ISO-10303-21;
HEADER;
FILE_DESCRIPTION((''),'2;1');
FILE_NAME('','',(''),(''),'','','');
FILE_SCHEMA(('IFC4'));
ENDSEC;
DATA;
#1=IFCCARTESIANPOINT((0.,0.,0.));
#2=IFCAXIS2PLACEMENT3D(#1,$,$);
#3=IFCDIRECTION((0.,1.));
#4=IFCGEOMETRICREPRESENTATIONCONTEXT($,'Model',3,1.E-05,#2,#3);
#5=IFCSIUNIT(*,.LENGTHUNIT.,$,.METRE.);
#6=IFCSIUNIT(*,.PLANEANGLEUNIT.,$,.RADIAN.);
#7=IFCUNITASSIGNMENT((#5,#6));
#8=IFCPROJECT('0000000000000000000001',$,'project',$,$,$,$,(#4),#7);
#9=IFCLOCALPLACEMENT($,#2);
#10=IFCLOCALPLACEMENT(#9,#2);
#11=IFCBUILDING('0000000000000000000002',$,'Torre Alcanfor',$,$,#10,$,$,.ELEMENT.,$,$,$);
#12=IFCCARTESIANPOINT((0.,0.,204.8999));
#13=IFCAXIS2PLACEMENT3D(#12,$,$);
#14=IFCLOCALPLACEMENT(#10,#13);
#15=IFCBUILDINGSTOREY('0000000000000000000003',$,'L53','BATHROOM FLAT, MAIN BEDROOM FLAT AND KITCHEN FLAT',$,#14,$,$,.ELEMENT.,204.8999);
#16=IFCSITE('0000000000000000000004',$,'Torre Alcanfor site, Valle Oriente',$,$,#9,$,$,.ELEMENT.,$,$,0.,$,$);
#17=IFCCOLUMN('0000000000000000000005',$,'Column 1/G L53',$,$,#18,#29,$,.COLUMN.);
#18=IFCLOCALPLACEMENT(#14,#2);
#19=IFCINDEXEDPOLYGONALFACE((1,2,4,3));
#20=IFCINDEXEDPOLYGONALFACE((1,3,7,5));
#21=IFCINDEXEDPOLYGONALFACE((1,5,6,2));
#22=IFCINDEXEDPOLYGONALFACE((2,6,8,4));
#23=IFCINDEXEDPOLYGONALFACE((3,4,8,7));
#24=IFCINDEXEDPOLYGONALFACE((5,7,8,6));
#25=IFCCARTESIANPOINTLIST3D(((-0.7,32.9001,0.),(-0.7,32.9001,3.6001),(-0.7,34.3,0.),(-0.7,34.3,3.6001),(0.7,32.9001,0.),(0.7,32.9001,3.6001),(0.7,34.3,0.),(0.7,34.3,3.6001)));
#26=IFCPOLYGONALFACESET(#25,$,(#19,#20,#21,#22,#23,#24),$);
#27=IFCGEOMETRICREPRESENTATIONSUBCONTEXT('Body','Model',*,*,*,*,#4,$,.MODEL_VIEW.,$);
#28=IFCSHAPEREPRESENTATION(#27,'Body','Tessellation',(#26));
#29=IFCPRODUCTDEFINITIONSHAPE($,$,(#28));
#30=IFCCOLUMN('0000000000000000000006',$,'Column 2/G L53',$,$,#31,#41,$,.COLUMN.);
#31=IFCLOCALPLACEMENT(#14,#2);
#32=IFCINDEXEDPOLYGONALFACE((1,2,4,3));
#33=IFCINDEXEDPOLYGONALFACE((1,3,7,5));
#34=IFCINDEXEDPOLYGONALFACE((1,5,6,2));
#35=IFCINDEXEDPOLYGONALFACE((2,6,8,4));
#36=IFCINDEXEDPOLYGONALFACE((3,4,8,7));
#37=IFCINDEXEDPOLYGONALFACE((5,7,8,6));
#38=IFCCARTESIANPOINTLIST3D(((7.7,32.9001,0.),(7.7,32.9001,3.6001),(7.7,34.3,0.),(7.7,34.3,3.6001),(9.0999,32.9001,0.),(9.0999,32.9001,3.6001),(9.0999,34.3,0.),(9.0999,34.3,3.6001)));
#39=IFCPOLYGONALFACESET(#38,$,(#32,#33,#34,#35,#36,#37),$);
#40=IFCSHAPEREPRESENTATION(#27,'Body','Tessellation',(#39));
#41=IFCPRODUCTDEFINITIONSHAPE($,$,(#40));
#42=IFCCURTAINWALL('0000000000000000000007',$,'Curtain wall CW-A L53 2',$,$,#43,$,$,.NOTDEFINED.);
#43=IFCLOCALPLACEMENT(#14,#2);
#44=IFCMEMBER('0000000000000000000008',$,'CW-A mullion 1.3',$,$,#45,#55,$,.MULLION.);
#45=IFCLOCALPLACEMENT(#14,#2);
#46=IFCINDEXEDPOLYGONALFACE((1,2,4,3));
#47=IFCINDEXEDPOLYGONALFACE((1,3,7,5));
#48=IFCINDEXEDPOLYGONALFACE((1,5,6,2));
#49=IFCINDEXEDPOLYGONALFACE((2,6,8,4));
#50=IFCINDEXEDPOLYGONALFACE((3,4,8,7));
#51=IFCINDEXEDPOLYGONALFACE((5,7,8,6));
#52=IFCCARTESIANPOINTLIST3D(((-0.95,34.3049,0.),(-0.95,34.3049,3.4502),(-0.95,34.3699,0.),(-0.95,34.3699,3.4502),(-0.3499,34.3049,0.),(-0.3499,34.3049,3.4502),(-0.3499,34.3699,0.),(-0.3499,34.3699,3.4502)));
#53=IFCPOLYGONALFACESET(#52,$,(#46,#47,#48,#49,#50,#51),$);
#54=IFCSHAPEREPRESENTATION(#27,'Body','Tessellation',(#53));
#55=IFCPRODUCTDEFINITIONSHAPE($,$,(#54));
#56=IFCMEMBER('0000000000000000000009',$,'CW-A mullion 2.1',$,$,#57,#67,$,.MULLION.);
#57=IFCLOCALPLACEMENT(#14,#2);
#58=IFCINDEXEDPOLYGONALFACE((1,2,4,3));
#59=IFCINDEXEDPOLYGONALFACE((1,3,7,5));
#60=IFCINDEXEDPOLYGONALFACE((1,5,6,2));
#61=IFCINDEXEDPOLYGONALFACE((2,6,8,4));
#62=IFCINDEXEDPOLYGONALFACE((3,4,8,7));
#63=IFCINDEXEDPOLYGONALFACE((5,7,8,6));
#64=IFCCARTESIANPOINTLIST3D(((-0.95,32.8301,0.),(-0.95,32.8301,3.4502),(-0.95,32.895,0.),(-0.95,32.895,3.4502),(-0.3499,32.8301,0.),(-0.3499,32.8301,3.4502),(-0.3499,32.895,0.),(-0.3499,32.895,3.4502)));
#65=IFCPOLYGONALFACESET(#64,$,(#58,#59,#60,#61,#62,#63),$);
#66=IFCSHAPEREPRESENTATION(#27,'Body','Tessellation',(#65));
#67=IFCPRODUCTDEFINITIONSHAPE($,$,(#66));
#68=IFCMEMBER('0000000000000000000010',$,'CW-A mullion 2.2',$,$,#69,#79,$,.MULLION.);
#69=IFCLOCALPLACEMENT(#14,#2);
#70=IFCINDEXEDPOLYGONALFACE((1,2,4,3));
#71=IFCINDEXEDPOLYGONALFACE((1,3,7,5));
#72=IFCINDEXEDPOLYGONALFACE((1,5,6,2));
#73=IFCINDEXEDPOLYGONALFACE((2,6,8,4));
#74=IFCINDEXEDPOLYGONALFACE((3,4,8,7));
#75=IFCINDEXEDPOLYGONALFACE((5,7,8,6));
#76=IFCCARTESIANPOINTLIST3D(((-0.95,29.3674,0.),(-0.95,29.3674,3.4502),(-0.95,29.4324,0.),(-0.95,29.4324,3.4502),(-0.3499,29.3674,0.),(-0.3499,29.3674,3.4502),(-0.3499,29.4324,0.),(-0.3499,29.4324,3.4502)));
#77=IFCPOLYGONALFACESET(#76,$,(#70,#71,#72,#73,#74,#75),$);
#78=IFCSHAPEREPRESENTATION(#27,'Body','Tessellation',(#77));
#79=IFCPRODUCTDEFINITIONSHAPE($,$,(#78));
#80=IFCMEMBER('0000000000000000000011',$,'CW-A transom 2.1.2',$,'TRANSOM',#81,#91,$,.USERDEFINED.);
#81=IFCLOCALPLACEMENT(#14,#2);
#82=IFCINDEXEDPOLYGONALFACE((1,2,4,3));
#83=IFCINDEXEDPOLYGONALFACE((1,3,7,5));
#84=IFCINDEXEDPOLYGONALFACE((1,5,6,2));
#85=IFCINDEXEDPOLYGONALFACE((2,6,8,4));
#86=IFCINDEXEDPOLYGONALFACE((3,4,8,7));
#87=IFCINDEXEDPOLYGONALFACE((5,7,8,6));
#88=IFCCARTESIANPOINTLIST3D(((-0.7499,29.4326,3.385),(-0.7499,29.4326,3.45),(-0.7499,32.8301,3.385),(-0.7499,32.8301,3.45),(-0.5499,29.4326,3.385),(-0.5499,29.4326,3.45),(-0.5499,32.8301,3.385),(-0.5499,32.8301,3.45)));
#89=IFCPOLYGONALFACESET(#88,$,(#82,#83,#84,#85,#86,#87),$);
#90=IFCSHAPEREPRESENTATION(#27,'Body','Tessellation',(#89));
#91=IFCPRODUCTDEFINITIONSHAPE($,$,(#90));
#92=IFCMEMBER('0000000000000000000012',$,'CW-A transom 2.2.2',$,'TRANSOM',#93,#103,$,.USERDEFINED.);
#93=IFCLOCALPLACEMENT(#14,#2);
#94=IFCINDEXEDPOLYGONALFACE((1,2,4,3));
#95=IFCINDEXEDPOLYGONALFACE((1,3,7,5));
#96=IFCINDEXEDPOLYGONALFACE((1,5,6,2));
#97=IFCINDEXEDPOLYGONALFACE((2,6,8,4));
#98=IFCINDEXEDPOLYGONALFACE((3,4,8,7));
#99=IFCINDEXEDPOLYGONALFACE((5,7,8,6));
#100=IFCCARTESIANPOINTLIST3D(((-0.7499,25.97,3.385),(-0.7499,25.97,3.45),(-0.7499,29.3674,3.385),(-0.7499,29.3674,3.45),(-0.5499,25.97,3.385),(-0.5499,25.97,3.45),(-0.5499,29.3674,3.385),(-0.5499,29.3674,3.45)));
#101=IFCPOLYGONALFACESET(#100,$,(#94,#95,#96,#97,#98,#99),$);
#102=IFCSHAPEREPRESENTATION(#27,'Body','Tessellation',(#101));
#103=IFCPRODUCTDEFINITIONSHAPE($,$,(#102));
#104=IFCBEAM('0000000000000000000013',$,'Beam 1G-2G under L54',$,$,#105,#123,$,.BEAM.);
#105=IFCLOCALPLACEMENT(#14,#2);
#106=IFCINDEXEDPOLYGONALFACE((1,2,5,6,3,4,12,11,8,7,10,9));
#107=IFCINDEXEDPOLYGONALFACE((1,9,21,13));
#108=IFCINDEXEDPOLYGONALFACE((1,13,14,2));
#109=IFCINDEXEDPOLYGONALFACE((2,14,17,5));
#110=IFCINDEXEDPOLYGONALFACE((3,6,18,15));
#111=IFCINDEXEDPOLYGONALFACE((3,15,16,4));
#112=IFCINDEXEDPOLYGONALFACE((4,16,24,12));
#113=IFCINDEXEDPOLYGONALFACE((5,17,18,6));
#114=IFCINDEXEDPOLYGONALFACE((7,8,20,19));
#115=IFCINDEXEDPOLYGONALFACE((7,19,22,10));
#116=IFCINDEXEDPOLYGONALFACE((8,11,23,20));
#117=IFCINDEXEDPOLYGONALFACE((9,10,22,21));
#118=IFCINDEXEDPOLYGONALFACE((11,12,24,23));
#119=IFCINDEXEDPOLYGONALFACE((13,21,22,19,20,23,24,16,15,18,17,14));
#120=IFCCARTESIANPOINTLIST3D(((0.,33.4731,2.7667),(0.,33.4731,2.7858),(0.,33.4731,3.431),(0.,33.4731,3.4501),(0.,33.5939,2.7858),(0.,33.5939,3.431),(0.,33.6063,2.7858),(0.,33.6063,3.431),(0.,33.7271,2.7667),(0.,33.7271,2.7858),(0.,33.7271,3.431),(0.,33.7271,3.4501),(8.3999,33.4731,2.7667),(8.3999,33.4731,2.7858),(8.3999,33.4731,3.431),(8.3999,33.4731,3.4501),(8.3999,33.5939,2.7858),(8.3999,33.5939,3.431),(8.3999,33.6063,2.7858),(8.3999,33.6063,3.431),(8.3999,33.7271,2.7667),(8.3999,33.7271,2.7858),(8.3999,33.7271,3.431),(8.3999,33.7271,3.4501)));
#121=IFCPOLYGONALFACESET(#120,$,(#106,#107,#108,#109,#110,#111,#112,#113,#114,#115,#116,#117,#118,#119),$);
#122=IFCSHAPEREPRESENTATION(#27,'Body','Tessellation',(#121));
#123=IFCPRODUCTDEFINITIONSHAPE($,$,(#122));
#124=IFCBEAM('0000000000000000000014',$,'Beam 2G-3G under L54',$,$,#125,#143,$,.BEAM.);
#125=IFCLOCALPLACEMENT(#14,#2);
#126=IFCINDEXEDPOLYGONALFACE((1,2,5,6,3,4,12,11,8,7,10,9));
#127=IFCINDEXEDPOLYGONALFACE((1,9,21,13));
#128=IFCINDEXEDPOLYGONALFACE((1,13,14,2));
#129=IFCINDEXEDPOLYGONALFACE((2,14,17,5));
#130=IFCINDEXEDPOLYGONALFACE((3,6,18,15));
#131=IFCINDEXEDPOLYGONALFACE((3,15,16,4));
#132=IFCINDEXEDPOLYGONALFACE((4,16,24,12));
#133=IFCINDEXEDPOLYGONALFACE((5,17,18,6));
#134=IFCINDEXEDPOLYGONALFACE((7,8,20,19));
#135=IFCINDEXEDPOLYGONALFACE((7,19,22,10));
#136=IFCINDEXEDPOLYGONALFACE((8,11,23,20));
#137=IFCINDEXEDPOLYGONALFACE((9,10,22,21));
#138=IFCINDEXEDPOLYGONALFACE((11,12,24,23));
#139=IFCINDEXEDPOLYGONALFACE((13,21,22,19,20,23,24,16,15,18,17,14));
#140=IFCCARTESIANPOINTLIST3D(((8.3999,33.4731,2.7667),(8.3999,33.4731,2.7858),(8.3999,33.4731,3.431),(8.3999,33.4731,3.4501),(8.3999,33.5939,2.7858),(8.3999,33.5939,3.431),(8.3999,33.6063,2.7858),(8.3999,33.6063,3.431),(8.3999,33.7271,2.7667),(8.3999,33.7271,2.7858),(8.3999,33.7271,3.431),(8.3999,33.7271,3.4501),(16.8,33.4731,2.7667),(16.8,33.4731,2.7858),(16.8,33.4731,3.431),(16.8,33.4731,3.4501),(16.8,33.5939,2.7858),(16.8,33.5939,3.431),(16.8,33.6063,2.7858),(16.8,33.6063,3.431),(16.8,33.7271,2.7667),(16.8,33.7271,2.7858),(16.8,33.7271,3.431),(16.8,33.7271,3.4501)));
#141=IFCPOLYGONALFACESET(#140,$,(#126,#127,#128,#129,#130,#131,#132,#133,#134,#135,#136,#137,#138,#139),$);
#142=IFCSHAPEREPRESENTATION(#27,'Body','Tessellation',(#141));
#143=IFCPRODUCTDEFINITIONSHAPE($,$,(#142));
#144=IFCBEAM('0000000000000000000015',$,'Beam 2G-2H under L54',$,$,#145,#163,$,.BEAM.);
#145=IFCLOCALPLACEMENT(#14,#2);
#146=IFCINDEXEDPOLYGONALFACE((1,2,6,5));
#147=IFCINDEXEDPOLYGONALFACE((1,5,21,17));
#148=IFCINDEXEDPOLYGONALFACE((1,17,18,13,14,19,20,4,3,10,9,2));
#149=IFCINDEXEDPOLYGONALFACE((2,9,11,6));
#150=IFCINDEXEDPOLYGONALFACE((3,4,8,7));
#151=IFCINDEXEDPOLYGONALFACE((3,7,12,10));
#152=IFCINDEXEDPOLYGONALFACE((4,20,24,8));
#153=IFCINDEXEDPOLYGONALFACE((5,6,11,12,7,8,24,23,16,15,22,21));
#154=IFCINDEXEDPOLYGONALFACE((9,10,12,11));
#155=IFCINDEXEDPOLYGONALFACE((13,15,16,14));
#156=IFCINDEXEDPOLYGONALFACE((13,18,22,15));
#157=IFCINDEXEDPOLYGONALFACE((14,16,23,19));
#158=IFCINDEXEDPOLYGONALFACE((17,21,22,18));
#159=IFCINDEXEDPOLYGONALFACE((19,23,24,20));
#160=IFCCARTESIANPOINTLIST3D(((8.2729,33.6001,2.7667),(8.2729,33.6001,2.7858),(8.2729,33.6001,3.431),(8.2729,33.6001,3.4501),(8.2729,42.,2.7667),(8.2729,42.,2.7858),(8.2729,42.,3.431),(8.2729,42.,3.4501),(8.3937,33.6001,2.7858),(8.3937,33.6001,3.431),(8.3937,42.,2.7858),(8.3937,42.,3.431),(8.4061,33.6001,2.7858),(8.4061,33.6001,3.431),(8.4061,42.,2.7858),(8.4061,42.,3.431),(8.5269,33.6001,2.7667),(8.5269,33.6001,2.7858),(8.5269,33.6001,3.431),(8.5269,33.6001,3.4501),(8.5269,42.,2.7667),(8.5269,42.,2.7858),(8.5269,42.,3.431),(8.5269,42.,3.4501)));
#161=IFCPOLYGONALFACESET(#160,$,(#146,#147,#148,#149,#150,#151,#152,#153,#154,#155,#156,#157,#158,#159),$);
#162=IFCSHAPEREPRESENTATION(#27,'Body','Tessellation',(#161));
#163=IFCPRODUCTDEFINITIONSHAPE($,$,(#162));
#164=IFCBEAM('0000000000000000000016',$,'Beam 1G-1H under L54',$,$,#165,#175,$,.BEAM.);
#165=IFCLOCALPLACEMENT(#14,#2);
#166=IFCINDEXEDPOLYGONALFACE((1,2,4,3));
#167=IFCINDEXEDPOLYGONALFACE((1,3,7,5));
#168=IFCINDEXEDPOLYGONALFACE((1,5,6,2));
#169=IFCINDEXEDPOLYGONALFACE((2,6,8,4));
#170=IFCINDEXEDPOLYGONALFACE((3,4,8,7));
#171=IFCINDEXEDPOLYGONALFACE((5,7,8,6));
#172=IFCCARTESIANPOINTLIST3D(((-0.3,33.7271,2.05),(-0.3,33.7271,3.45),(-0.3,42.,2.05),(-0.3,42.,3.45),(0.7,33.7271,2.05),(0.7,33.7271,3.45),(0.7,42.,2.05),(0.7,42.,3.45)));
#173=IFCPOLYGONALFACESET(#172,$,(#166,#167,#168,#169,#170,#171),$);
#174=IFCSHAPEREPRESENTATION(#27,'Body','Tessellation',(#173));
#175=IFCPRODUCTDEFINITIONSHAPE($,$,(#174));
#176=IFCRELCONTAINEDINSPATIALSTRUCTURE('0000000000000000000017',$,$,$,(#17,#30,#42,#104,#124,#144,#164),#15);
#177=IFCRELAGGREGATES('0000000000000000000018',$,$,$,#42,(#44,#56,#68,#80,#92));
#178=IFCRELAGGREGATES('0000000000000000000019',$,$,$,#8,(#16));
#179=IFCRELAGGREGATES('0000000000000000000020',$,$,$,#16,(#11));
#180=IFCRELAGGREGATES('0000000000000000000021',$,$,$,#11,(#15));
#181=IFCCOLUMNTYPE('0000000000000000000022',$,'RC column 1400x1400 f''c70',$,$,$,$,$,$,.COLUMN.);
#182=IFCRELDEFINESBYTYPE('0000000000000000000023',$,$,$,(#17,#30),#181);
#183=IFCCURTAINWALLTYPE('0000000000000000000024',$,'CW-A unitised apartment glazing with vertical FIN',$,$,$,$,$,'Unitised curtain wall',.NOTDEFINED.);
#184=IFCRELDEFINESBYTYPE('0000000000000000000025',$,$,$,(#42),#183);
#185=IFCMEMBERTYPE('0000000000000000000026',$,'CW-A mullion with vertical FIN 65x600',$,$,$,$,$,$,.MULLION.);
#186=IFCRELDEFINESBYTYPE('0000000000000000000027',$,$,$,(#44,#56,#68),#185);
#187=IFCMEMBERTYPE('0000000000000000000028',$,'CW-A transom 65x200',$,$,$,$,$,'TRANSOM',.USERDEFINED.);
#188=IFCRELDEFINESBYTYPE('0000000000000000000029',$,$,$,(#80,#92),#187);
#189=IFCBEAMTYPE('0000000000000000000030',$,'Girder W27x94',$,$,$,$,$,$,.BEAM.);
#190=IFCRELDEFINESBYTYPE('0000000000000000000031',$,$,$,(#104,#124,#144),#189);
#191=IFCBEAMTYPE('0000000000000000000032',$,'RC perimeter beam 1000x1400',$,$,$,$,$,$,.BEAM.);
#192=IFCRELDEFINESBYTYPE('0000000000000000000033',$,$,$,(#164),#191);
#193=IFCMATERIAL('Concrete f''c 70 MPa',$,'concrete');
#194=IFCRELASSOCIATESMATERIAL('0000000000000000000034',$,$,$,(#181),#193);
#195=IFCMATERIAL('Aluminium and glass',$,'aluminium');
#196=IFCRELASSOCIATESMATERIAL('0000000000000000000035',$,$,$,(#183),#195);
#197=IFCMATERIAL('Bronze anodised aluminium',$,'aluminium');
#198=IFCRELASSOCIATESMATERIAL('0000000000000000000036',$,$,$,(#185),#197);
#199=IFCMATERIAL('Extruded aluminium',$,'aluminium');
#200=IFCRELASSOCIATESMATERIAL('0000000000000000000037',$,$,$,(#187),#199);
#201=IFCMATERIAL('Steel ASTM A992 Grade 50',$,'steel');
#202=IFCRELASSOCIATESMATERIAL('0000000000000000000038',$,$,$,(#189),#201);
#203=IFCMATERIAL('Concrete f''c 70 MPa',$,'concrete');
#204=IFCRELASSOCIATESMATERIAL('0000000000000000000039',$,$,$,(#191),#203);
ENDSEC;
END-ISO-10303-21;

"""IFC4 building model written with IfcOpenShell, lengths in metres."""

from ifc_helpers import new_model, si_unit, direction, frame, origin, origin_2d, place, context, subcontext, project, spatial, rectangle, i_section, extrude, material, material_profile, profile_set, type_object, element, aggregate, save


model = new_model("IFC4")

# Units and contexts
model_context = context("Model", 3, precision=1e-05, world=origin(), true_north=direction((0.0, 1.0)))
body_context = subcontext(model_context, "Body", "Model", "MODEL_VIEW")
ifc_project = project(units=[si_unit("LENGTHUNIT", "METRE"), si_unit("PLANEANGLEUNIT", "RADIAN")], contexts=[model_context])

# Site, building, storey
site_placement = place(None, origin())
site = spatial("IfcSite", under=ifc_project, at=site_placement, Name="Torre Alcanfor site, Valle Oriente", CompositionType="ELEMENT", RefElevation=0.0)
building_placement = place(site_placement, origin())
building = spatial("IfcBuilding", under=site, at=building_placement, Name="Torre Alcanfor", CompositionType="ELEMENT")
storey_placement = place(building_placement, frame((0.0, 0.0, 204.8999)))
storey = spatial("IfcBuildingStorey", under=building, at=storey_placement, Name="L53", Description="BATHROOM FLAT, MAIN BEDROOM FLAT AND KITCHEN FLAT", CompositionType="ELEMENT", Elevation=204.8999)

# Columns
ifc_material_1 = material(Name="Concrete f'c 70 MPa", Category="concrete")
ifc_material_profile_1 = material_profile(ifc_material_1, rectangle(XDim=1.3999, YDim=1.3999, at=origin_2d()), Name="1400x1400")
ifc_profile_set_1 = profile_set([ifc_material_profile_1], Name="Concrete f'c 70 MPa")
column_type = type_object("IfcColumnType", Name="RC column 1400x1400 f'c70", PredefinedType="COLUMN", material=ifc_profile_set_1)
for number, where, z_axis, x_axis, name in (
    (1, (0.0, 33.6001, 0.0), (0.0, 0.0, 1.0), (1.0, 0.0, 0.0), "Column 1/G L53"),
    (2, (8.3999, 33.6001, 0.0), (0.0, 0.0, 1.0), (1.0, 0.0, 0.0), "Column 2/G L53"),
):
    element("IfcColumn", number, at=place(storey_placement, frame(where, z_axis=z_axis, x_axis=x_axis)), inside=storey, type_object=column_type, Name=name, PredefinedType="COLUMN", context=body_context, shape_type="SweptSolid", body=[
        extrude(rectangle(XDim=1.3999, YDim=1.3999, at=origin_2d()), origin(), (0.0, 0.0, 1.0), 3.6001),
    ])

# Curtain wall, members
ifc_material_2 = material(Name="Aluminium and glass", Category="aluminium")
curtain_wall_type = type_object("IfcCurtainWallType", Name="CW-A unitised apartment glazing with vertical FIN", ElementType="Unitised curtain wall", PredefinedType="NOTDEFINED", material=ifc_material_2)
curtain_wall_placement = place(storey_placement, origin())
curtain_wall = element("IfcCurtainWall", 3, at=curtain_wall_placement, inside=storey, type_object=curtain_wall_type, Name="Curtain wall CW-A L53 2", PredefinedType="NOTDEFINED")
ifc_material_3 = material(Name="Bronze anodised aluminium", Category="aluminium")
ifc_material_profile_2 = material_profile(ifc_material_3, rectangle(XDim=0.6001, YDim=0.0649, at=origin_2d()), Name="CW-A mullion 65x600")
ifc_profile_set_2 = profile_set([ifc_material_profile_2], Name="Bronze anodised aluminium")
member_type_1 = type_object("IfcMemberType", Name="CW-A mullion with vertical FIN 65x600", PredefinedType="MULLION", material=ifc_profile_set_2)
member_1_placement = place(storey_placement, frame((-0.6499, 34.3374, 0.0), z_axis=(0.0, 0.0, 1.0), x_axis=(1.0, 0.0, 0.0)))
member_1 = element("IfcMember", 4, at=member_1_placement, type_object=member_type_1, Name="CW-A mullion 1.3", PredefinedType="MULLION", context=body_context, shape_type="SweptSolid", body=[
    extrude(rectangle(XDim=0.6001, YDim=0.0649, at=origin_2d()), origin(), (0.0, 0.0, 1.0), 3.4502),
])
member_2_placement = place(storey_placement, frame((-0.6499, 32.8625, 0.0), z_axis=(0.0, 0.0, 1.0), x_axis=(1.0, 0.0, 0.0)))
member_2 = element("IfcMember", 5, at=member_2_placement, type_object=member_type_1, Name="CW-A mullion 2.1", PredefinedType="MULLION", context=body_context, shape_type="SweptSolid", body=[
    extrude(rectangle(XDim=0.6001, YDim=0.0649, at=origin_2d()), origin(), (0.0, 0.0, 1.0), 3.4502),
])
member_3_placement = place(storey_placement, frame((-0.6499, 29.3999, 0.0), z_axis=(0.0, 0.0, 1.0), x_axis=(1.0, 0.0, 0.0)))
member_3 = element("IfcMember", 6, at=member_3_placement, type_object=member_type_1, Name="CW-A mullion 2.2", PredefinedType="MULLION", context=body_context, shape_type="SweptSolid", body=[
    extrude(rectangle(XDim=0.6001, YDim=0.0649, at=origin_2d()), origin(), (0.0, 0.0, 1.0), 3.4502),
])
ifc_material_4 = material(Name="Extruded aluminium", Category="aluminium")
ifc_material_profile_3 = material_profile(ifc_material_4, rectangle(XDim=0.2, YDim=0.0649, at=origin_2d()), Name="CW-A transom 200x65")
ifc_profile_set_3 = profile_set([ifc_material_profile_3], Name="Extruded aluminium")
member_type_2 = type_object("IfcMemberType", Name="CW-A transom 65x200", ElementType="TRANSOM", PredefinedType="USERDEFINED", material=ifc_profile_set_3)
member_4_placement = place(storey_placement, frame((-0.6499, 32.8301, 3.4175), z_axis=(0.0, -1.0, 0.0), x_axis=(1.0, 0.0, 0.0)))
member_4 = element("IfcMember", 7, at=member_4_placement, type_object=member_type_2, Name="CW-A transom 2.1.2", ObjectType="TRANSOM", PredefinedType="USERDEFINED", context=body_context, shape_type="SweptSolid", body=[
    extrude(rectangle(XDim=0.2, YDim=0.0649, at=origin_2d()), origin(), (0.0, 0.0, 1.0), 3.3975),
])
member_5_placement = place(storey_placement, frame((-0.6499, 29.3674, 3.4175), z_axis=(0.0, -1.0, 0.0), x_axis=(1.0, 0.0, 0.0)))
member_5 = element("IfcMember", 8, at=member_5_placement, type_object=member_type_2, Name="CW-A transom 2.2.2", ObjectType="TRANSOM", PredefinedType="USERDEFINED", context=body_context, shape_type="SweptSolid", body=[
    extrude(rectangle(XDim=0.2, YDim=0.0649, at=origin_2d()), origin(), (0.0, 0.0, 1.0), 3.3975),
])

# Beams
ifc_material_5 = material(Name="Steel ASTM A992 Grade 50", Category="steel")
ifc_material_profile_4 = material_profile(ifc_material_5, i_section(OverallWidth=0.2539, OverallDepth=0.6833, WebThickness=0.0125, FlangeThickness=0.019, at=origin_2d()), Name="W27x94")
ifc_profile_set_4 = profile_set([ifc_material_profile_4], Name="Steel ASTM A992 Grade 50")
beam_type_1 = type_object("IfcBeamType", Name="Girder W27x94", PredefinedType="BEAM", material=ifc_profile_set_4)
beam_1_placement = place(storey_placement, frame((0.0, 33.6001, 3.1084), z_axis=(1.0, 0.0, 0.0), x_axis=(0.0, 1.0, 0.0)))
element("IfcBeam", 9, at=beam_1_placement, inside=storey, type_object=beam_type_1, Name="Beam 1G-2G under L54", PredefinedType="BEAM", context=body_context, shape_type="SweptSolid", body=[
    extrude(i_section(OverallWidth=0.2539, OverallDepth=0.6833, WebThickness=0.0125, FlangeThickness=0.019, at=origin_2d()), origin(), (0.0, 0.0, 1.0), 8.3999),
])
beam_2_placement = place(storey_placement, frame((8.3999, 33.6001, 3.1084), z_axis=(1.0, 0.0, 0.0), x_axis=(0.0, 1.0, 0.0)))
element("IfcBeam", 10, at=beam_2_placement, inside=storey, type_object=beam_type_1, Name="Beam 2G-3G under L54", PredefinedType="BEAM", context=body_context, shape_type="SweptSolid", body=[
    extrude(i_section(OverallWidth=0.2539, OverallDepth=0.6833, WebThickness=0.0125, FlangeThickness=0.019, at=origin_2d()), origin(), (0.0, 0.0, 1.0), 8.4001),
])
beam_3_placement = place(storey_placement, frame((8.3999, 33.6001, 3.1084), z_axis=(0.0, 1.0, 0.0), x_axis=(-1.0, 0.0, 0.0)))
element("IfcBeam", 11, at=beam_3_placement, inside=storey, type_object=beam_type_1, Name="Beam 2G-2H under L54", PredefinedType="BEAM", context=body_context, shape_type="SweptSolid", body=[
    extrude(i_section(OverallWidth=0.2539, OverallDepth=0.6833, WebThickness=0.0125, FlangeThickness=0.019, at=origin_2d()), origin(), (0.0, 0.0, 1.0), 8.3999),
])
ifc_material_6 = material(Name="Concrete f'c 70 MPa", Category="concrete")
ifc_material_profile_5 = material_profile(ifc_material_6, rectangle(XDim=1.0, YDim=1.3999, at=origin_2d()), Name="1000x1400")
ifc_profile_set_5 = profile_set([ifc_material_profile_5], Name="Concrete f'c 70 MPa")
beam_type_2 = type_object("IfcBeamType", Name="RC perimeter beam 1000x1400", PredefinedType="BEAM", material=ifc_profile_set_5)
beam_4_placement = place(storey_placement, frame((0.2, 33.7271, 2.75), z_axis=(0.0, 1.0, 0.0), x_axis=(-1.0, 0.0, 0.0)))
element("IfcBeam", 12, at=beam_4_placement, inside=storey, type_object=beam_type_2, Name="Beam 1G-1H under L54", PredefinedType="BEAM", context=body_context, shape_type="SweptSolid", body=[
    extrude(rectangle(XDim=1.0, YDim=1.3999, at=origin_2d()), origin(), (0.0, 0.0, 1.0), 8.2729),
])

aggregate(curtain_wall, [member_1, member_2, member_3, member_4, member_5])

save(model, "model.ifc")
